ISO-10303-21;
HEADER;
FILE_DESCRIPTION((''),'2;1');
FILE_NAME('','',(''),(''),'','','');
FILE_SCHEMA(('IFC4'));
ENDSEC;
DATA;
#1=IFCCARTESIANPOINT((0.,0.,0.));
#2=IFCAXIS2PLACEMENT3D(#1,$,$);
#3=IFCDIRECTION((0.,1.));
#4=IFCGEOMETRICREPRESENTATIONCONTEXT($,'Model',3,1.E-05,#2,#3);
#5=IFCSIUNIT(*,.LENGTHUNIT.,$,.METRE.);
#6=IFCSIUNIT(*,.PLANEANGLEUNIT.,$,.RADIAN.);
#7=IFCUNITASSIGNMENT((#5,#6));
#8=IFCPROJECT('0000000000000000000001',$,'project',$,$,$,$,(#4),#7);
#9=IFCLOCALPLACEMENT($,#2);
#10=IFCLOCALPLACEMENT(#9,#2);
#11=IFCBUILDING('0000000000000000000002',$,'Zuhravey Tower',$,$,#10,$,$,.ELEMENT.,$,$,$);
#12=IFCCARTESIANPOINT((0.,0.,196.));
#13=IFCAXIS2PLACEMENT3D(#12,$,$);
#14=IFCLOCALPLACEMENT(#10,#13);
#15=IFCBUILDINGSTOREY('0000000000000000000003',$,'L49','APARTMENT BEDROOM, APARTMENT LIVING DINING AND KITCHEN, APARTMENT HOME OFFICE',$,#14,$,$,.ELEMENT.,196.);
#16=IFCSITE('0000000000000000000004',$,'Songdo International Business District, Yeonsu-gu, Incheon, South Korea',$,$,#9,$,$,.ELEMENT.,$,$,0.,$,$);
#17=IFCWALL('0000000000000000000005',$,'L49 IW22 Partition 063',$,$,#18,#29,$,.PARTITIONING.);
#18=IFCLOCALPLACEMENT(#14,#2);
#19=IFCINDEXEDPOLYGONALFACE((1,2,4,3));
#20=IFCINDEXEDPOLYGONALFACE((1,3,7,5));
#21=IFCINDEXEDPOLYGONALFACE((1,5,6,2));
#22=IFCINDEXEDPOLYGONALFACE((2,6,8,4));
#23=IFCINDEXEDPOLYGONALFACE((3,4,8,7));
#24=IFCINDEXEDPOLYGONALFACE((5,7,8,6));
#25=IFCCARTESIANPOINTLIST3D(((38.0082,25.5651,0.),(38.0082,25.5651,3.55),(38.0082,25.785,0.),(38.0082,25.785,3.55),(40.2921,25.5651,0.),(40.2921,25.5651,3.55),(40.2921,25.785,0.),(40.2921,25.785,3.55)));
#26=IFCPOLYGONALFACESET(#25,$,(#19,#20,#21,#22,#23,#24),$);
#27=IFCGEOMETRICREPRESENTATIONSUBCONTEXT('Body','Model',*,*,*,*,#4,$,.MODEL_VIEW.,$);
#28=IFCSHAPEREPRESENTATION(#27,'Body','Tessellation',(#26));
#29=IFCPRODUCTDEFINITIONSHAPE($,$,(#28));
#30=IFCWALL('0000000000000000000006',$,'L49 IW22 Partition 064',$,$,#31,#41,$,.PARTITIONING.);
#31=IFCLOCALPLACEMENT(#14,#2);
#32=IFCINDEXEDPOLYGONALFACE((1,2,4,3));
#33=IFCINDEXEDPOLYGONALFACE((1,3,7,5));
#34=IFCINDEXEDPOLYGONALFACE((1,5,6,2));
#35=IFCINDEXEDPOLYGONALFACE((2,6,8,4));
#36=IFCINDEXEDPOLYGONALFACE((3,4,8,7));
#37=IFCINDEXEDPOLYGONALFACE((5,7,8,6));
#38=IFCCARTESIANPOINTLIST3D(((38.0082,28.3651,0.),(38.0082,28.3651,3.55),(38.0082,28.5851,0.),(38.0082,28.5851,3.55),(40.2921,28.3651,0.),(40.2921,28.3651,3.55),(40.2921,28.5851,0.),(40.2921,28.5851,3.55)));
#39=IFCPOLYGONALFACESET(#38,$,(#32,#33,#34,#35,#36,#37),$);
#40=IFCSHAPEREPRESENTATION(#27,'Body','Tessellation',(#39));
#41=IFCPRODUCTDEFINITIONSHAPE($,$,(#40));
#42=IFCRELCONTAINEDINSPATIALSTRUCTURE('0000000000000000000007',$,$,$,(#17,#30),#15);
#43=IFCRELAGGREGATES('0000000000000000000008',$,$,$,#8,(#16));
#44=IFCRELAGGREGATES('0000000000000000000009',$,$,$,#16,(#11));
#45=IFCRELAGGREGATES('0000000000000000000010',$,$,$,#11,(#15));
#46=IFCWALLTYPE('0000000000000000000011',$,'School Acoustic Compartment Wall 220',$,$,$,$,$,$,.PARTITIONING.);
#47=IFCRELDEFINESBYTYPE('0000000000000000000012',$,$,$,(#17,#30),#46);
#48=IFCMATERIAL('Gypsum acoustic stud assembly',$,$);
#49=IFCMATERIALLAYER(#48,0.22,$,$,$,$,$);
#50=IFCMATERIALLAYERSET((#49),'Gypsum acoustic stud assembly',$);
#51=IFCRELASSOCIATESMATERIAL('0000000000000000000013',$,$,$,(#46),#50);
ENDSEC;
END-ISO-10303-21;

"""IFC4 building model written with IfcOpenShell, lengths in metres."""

from ifc_helpers import new_model, si_unit, direction, frame, frame_2d, origin, place, context, subcontext, project, spatial, rectangle, extrude, material, layer, layer_set, type_object, element, save


model = new_model("IFC4")

# Units and contexts
model_context = context("Model", 3, precision=1e-05, world=origin(), true_north=direction((0.0, 1.0)))
body_context = subcontext(model_context, "Body", "Model", "MODEL_VIEW")
ifc_project = project(units=[si_unit("LENGTHUNIT", "METRE"), si_unit("PLANEANGLEUNIT", "RADIAN")], contexts=[model_context])

# Site, building, storey
site_placement = place(None, origin())
site = spatial("IfcSite", under=ifc_project, at=site_placement, Name="Songdo International Business District, Yeonsu-gu, Incheon, South Korea", CompositionType="ELEMENT", RefElevation=0.0)
building_placement = place(site_placement, origin())
building = spatial("IfcBuilding", under=site, at=building_placement, Name="Zuhravey Tower", CompositionType="ELEMENT")
storey_placement = place(building_placement, frame((0.0, 0.0, 196.0)))
storey = spatial("IfcBuildingStorey", under=building, at=storey_placement, Name="L49", Description="APARTMENT BEDROOM, APARTMENT LIVING DINING AND KITCHEN, APARTMENT HOME OFFICE", CompositionType="ELEMENT", Elevation=196.0)

# Walls
ifc_material_1 = material(Name="Gypsum acoustic stud assembly")
ifc_layer_1 = layer(ifc_material_1, 0.22)
ifc_layer_set_1 = layer_set([ifc_layer_1], Name="Gypsum acoustic stud assembly")
wall_type_1 = type_object("IfcWallType", Name="School Acoustic Compartment Wall 220", PredefinedType="PARTITIONING", material=ifc_layer_set_1)
for number, where, z_axis, x_axis, name in (
    (1, (38.0081, 25.675, 0.0), (0.0, 0.0, 1.0), (1.0, 0.0, 0.0), "L49 IW22 Partition 063"),
    (2, (38.0081, 28.4751, 0.0), (0.0, 0.0, 1.0), (1.0, 0.0, 0.0), "L49 IW22 Partition 064"),
):
    element("IfcWall", number, at=place(storey_placement, frame(where, z_axis=z_axis, x_axis=x_axis)), inside=storey, type_object=wall_type_1, Name=name, PredefinedType="PARTITIONING", context=body_context, shape_type="SweptSolid", body=[
        extrude(rectangle(XDim=2.2839, YDim=0.22, at=frame_2d((1.1421, 0.0))), origin(), (0.0, 0.0, 1.0), 3.55),
    ])

save(model, "model.ifc")
